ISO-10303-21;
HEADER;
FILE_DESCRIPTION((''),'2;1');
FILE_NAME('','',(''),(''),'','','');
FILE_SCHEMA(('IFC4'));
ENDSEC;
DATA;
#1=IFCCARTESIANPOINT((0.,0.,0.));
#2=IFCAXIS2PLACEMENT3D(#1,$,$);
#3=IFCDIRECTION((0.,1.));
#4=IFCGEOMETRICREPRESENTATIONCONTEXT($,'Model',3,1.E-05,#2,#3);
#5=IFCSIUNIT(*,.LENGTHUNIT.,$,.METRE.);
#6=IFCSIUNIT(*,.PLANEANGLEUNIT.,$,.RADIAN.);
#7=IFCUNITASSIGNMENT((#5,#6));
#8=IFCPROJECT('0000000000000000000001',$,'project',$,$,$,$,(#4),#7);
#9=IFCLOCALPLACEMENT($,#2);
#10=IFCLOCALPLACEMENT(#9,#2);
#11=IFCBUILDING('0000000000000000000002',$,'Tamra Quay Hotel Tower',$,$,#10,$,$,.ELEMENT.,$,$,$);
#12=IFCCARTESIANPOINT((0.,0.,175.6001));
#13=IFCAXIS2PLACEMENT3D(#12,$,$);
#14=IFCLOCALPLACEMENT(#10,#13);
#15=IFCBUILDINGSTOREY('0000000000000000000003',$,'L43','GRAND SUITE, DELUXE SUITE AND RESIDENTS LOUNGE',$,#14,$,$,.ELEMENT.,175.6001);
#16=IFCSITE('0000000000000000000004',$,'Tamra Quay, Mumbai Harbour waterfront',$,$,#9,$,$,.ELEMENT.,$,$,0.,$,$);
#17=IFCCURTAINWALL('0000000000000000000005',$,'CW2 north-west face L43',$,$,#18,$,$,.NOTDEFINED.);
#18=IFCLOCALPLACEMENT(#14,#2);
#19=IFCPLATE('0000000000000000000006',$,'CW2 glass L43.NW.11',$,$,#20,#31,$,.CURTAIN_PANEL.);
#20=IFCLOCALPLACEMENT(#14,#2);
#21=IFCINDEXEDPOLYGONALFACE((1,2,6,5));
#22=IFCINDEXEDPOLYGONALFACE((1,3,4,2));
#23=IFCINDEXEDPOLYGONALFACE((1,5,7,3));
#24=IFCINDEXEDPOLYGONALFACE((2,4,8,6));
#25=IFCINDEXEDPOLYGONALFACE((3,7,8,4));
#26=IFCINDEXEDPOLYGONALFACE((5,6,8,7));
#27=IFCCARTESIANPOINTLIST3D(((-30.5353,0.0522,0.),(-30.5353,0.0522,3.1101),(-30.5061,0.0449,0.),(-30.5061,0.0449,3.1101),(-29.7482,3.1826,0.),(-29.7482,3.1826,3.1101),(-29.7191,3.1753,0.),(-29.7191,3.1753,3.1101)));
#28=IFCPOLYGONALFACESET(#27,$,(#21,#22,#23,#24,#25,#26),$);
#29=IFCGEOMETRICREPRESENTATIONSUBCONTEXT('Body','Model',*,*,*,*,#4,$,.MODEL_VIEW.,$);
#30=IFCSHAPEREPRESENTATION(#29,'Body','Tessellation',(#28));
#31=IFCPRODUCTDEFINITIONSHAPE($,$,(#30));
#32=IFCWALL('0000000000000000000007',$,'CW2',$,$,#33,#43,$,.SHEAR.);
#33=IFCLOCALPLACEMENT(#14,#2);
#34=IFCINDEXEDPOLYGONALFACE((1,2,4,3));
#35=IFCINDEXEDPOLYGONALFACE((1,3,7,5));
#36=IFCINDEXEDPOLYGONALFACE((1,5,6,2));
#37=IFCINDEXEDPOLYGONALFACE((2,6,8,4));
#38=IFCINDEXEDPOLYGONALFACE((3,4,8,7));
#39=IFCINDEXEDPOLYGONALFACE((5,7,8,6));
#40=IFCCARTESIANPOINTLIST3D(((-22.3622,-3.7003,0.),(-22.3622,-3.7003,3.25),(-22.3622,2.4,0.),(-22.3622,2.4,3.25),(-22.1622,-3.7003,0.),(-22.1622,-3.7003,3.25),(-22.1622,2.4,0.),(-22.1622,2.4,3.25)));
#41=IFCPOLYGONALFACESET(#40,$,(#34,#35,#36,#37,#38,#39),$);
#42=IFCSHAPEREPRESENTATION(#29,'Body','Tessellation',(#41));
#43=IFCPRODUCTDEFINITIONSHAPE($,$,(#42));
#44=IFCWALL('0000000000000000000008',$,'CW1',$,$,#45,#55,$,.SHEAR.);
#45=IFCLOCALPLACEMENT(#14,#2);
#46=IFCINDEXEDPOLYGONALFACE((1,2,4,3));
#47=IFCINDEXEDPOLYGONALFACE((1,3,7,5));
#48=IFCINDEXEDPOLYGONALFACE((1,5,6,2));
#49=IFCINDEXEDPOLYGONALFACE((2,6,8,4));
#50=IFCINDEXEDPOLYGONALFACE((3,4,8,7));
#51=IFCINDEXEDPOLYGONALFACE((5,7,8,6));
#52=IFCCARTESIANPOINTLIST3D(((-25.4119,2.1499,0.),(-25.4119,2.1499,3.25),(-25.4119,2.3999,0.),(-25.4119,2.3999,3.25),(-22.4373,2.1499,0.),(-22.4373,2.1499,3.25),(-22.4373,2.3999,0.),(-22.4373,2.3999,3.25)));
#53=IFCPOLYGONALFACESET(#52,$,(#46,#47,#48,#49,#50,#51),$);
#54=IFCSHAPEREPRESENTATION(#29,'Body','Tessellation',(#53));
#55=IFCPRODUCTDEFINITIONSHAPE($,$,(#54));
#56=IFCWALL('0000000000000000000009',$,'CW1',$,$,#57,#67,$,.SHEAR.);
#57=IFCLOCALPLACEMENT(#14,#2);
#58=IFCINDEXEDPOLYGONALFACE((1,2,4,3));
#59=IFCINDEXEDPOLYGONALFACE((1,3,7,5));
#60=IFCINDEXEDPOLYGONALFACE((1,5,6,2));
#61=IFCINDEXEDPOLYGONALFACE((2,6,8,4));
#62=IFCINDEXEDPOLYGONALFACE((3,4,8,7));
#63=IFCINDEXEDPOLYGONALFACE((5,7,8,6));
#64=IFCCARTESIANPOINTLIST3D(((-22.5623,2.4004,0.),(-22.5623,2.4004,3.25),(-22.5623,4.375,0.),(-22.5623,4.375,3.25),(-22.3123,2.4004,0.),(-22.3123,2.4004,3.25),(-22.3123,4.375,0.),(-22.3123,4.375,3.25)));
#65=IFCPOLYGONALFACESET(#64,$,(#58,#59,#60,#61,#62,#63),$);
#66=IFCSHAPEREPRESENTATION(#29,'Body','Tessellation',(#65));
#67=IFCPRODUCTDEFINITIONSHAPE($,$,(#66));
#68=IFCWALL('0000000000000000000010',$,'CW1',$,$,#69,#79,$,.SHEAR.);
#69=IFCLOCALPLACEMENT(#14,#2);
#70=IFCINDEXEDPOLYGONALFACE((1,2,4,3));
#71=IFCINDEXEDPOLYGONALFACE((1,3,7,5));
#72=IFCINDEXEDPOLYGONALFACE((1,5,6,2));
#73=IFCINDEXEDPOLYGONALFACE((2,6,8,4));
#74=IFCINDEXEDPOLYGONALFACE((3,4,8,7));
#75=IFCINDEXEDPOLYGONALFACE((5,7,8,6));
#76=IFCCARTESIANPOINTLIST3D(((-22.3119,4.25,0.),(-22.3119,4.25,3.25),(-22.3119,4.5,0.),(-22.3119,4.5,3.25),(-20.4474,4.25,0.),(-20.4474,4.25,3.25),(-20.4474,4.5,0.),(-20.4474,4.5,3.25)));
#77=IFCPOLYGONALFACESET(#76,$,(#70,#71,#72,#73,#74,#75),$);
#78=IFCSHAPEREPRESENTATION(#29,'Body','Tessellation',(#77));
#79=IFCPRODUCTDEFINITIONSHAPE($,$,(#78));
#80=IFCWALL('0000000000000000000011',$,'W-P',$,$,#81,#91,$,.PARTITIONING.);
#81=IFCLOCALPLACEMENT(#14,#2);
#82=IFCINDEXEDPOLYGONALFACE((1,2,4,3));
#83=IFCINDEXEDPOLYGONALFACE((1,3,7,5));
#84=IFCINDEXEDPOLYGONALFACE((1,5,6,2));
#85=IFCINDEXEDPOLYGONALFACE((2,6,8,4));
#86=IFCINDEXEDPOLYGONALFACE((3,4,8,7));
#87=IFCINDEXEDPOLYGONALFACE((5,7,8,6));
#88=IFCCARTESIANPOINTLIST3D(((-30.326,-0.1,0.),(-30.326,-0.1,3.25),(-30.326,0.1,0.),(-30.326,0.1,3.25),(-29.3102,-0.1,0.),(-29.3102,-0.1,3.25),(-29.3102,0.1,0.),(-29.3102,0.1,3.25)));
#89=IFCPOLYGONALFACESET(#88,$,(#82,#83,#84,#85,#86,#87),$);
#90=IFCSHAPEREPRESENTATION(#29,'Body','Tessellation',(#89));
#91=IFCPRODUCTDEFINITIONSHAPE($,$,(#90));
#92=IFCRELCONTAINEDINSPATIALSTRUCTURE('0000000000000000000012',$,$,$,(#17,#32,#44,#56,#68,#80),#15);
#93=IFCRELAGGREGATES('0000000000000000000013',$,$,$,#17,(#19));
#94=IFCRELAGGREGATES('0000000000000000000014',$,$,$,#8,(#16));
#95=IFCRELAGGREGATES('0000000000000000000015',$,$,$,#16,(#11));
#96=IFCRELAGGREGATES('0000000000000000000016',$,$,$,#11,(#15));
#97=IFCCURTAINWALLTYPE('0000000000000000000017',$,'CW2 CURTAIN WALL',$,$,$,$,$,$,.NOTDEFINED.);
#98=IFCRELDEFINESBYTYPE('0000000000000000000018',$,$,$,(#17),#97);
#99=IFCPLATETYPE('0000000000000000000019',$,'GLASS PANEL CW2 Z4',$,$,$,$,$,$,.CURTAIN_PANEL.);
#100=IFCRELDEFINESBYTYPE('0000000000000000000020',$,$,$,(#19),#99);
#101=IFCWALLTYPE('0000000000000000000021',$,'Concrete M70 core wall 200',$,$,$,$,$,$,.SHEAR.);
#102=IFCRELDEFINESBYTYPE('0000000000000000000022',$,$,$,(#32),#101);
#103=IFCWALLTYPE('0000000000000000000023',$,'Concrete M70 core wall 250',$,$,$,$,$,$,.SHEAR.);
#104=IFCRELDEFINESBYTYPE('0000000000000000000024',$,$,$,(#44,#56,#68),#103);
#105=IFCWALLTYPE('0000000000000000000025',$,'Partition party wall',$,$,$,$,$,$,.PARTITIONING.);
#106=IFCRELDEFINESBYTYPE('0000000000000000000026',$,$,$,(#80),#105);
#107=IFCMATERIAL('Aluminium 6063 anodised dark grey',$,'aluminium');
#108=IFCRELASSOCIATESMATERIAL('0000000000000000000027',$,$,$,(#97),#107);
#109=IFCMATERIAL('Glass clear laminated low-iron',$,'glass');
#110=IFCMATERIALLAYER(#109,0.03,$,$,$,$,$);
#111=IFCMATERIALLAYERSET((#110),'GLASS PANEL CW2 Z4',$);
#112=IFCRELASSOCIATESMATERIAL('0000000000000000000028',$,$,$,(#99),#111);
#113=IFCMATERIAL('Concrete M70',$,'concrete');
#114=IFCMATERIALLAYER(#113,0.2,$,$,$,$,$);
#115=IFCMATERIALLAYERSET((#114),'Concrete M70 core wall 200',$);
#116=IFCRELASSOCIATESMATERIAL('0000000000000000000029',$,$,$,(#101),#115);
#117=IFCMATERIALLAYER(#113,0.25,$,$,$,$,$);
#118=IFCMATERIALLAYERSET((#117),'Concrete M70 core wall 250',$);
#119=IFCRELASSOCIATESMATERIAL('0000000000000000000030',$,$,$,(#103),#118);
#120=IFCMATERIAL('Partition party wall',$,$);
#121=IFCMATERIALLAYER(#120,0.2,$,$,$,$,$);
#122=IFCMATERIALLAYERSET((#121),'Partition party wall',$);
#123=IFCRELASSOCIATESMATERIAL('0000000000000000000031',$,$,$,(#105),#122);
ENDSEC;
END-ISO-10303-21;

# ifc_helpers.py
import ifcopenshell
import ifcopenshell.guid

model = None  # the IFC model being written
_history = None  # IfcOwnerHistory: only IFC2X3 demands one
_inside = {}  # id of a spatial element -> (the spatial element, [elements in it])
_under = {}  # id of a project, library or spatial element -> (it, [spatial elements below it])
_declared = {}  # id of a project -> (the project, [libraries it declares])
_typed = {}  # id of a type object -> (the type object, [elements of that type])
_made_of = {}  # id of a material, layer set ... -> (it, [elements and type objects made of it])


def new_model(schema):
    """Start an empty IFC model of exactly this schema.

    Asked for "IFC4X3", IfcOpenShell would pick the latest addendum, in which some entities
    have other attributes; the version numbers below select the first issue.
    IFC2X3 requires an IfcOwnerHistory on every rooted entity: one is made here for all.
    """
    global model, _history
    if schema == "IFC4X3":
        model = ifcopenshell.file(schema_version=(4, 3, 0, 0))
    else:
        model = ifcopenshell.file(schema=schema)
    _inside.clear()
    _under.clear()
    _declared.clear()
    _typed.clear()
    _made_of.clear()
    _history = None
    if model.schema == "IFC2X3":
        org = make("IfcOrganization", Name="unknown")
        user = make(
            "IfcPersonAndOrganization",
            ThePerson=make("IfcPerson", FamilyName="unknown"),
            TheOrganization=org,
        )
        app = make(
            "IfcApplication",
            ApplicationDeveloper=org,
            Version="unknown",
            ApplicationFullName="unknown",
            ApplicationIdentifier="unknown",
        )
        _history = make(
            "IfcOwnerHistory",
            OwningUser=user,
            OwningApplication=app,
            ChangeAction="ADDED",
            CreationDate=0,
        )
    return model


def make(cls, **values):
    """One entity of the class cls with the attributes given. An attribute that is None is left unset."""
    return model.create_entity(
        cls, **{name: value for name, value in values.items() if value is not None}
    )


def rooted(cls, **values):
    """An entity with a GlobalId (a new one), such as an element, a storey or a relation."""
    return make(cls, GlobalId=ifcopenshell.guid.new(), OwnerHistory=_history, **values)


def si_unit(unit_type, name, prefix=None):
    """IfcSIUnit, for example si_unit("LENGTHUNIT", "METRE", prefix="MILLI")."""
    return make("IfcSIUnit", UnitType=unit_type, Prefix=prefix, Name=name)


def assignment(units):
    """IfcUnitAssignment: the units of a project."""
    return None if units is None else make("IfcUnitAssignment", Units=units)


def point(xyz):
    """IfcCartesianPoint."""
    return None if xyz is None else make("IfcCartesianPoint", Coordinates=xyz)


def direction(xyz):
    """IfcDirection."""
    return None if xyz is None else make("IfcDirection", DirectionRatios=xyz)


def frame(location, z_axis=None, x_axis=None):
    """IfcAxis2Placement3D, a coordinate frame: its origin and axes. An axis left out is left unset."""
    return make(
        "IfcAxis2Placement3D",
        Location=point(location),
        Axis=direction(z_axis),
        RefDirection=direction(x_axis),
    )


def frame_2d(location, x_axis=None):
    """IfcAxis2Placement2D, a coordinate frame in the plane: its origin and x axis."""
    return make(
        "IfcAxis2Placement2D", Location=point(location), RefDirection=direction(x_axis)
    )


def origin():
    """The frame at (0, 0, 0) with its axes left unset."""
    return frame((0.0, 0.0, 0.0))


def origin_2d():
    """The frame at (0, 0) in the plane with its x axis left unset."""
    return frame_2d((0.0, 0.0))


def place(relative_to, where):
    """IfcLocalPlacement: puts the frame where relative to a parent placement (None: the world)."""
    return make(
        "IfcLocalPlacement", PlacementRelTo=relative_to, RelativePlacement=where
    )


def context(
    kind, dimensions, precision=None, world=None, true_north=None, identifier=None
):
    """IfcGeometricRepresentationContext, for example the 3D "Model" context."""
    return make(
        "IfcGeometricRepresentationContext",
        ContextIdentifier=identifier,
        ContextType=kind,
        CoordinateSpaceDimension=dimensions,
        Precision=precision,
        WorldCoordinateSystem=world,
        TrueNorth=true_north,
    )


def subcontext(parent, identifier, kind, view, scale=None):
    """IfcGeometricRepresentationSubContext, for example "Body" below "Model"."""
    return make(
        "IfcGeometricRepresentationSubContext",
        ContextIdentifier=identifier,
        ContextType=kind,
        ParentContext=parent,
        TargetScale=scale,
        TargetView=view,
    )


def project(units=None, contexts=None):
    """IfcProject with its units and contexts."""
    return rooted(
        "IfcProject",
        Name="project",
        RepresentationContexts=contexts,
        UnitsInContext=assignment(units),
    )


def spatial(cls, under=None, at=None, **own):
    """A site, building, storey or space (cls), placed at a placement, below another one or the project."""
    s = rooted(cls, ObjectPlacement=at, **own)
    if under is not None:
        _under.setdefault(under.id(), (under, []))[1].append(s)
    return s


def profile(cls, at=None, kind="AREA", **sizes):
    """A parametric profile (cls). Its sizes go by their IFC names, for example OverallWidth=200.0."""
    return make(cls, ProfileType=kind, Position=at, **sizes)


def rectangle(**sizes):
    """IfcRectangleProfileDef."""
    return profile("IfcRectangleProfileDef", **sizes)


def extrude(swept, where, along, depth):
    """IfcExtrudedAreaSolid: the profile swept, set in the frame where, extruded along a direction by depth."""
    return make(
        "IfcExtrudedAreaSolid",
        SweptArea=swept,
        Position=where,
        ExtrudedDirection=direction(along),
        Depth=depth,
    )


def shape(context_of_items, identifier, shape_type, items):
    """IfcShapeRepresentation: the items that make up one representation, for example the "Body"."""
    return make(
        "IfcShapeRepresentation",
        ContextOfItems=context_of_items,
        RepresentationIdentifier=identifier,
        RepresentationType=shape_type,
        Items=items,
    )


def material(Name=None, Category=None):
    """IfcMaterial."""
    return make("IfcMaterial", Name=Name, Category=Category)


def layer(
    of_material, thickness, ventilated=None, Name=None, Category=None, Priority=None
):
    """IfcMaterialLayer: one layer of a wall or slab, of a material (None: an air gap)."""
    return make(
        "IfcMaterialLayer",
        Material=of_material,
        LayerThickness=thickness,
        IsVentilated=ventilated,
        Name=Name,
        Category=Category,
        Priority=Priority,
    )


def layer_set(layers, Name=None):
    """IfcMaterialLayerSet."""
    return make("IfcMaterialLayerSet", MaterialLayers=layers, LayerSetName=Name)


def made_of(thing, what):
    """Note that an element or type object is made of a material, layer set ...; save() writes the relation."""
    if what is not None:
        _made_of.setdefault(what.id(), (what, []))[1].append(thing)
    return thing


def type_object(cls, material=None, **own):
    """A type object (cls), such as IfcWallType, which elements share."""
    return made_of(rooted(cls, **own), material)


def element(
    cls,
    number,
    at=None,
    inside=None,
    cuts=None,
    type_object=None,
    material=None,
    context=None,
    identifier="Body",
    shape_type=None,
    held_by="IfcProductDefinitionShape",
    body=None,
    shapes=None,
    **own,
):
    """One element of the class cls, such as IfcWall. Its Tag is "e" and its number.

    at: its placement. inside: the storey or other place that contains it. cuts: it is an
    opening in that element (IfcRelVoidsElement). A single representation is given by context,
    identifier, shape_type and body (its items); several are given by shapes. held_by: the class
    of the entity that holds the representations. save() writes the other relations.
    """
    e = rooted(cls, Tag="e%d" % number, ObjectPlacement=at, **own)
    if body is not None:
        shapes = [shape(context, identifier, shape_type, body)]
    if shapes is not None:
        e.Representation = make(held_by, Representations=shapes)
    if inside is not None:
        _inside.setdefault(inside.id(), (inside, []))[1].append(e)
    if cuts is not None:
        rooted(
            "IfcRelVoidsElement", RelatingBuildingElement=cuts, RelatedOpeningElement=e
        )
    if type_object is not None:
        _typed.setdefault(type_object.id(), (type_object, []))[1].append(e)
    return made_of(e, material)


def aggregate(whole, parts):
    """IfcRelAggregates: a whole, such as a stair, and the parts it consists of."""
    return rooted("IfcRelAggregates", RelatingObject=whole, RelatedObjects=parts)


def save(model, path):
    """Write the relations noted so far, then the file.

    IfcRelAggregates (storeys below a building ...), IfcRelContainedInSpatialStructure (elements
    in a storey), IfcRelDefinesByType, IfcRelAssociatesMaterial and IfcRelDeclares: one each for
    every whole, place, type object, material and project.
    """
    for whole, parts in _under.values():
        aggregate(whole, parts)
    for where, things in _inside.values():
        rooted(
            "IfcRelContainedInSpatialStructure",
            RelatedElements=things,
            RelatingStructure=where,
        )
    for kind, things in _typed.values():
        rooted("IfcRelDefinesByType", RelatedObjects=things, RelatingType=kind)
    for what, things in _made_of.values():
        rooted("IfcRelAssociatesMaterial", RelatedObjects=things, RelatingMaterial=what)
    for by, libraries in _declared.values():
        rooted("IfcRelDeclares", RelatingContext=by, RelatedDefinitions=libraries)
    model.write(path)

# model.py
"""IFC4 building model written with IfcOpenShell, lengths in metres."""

from ifc_helpers import new_model, si_unit, direction, frame, frame_2d, origin, origin_2d, place, context, subcontext, project, spatial, rectangle, extrude, material, layer, layer_set, type_object, element, aggregate, save


model = new_model("IFC4")

# Units and contexts
model_context = context("Model", 3, precision=1e-05, world=origin(), true_north=direction((0.0, 1.0)))
body_context = subcontext(model_context, "Body", "Model", "MODEL_VIEW")
ifc_project = project(units=[si_unit("LENGTHUNIT", "METRE"), si_unit("PLANEANGLEUNIT", "RADIAN")], contexts=[model_context])

# Site, building, storey
site_placement = place(None, origin())
site = spatial("IfcSite", under=ifc_project, at=site_placement, Name="Tamra Quay, Mumbai Harbour waterfront", CompositionType="ELEMENT", RefElevation=0.0)
building_placement = place(site_placement, origin())
building = spatial("IfcBuilding", under=site, at=building_placement, Name="Tamra Quay Hotel Tower", CompositionType="ELEMENT")
storey_placement = place(building_placement, frame((0.0, 0.0, 175.6001)))
storey = spatial("IfcBuildingStorey", under=building, at=storey_placement, Name="L43", Description="GRAND SUITE, DELUXE SUITE AND RESIDENTS LOUNGE", CompositionType="ELEMENT", Elevation=175.6001)

# Shared definitions
ifc_material_1 = material(Name="Concrete M70", Category="concrete")

# Curtain wall
ifc_material_2 = material(Name="Aluminium 6063 anodised dark grey", Category="aluminium")
curtain_wall_type = type_object("IfcCurtainWallType", Name="CW2 CURTAIN WALL", PredefinedType="NOTDEFINED", material=ifc_material_2)
curtain_wall_placement = place(storey_placement, origin())
curtain_wall = element("IfcCurtainWall", 1, at=curtain_wall_placement, inside=storey, type_object=curtain_wall_type, Name="CW2 north-west face L43", PredefinedType="NOTDEFINED")

# Plate
ifc_material_3 = material(Name="Glass clear laminated low-iron", Category="glass")
ifc_layer_1 = layer(ifc_material_3, 0.03)
ifc_layer_set_1 = layer_set([ifc_layer_1], Name="GLASS PANEL CW2 Z4")
plate_type = type_object("IfcPlateType", Name="GLASS PANEL CW2 Z4", PredefinedType="CURTAIN_PANEL", material=ifc_layer_set_1)
plate_1_placement = place(storey_placement, frame((-30.1272, 1.6138, 0.0), z_axis=(0.0, 0.0, 1.0), x_axis=(-0.243826, -0.969819, 0.0)))
plate_1 = element("IfcPlate", 2, at=plate_1_placement, type_object=plate_type, Name="CW2 glass L43.NW.11", PredefinedType="CURTAIN_PANEL", context=body_context, shape_type="SweptSolid", body=[
    extrude(rectangle(XDim=3.2278, YDim=0.03, at=origin_2d()), origin(), (0.0, 0.0, 1.0), 3.1101),
])
aggregate(curtain_wall, [plate_1])

# Walls
ifc_layer_2 = layer(ifc_material_1, 0.2)
ifc_layer_set_2 = layer_set([ifc_layer_2], Name="Concrete M70 core wall 200")
wall_type_1 = type_object("IfcWallType", Name="Concrete M70 core wall 200", PredefinedType="SHEAR", material=ifc_layer_set_2)
wall_1_placement = place(storey_placement, frame((-22.2622, 2.4001, 0.0), z_axis=(0.0, 0.0, 1.0), x_axis=(0.0, -1.0, 0.0)))
element("IfcWall", 3, at=wall_1_placement, inside=storey, type_object=wall_type_1, Name="CW2", PredefinedType="SHEAR", context=body_context, shape_type="SweptSolid", body=[
    extrude(rectangle(XDim=6.1003, YDim=0.2, at=frame_2d((3.0503, 0.0))), origin(), (0.0, 0.0, 1.0), 3.25),
])
ifc_layer_3 = layer(ifc_material_1, 0.25)
ifc_layer_set_3 = layer_set([ifc_layer_3], Name="Concrete M70 core wall 250")
wall_type_2 = type_object("IfcWallType", Name="Concrete M70 core wall 250", PredefinedType="SHEAR", material=ifc_layer_set_3)
wall_2_placement = place(storey_placement, frame((-25.4119, 2.2749, 0.0), z_axis=(0.0, 0.0, 1.0), x_axis=(1.0, 0.0, 0.0)))
element("IfcWall", 4, at=wall_2_placement, inside=storey, type_object=wall_type_2, Name="CW1", PredefinedType="SHEAR", context=body_context, shape_type="SweptSolid", body=[
    extrude(rectangle(XDim=2.9746, YDim=0.25, at=frame_2d((1.4873, 0.0))), origin(), (0.0, 0.0, 1.0), 3.25),
])
wall_3_placement = place(storey_placement, frame((-22.4373, 2.4004, 0.0), z_axis=(0.0, 0.0, 1.0), x_axis=(0.0, 1.0, 0.0)))
element("IfcWall", 5, at=wall_3_placement, inside=storey, type_object=wall_type_2, Name="CW1", PredefinedType="SHEAR", context=body_context, shape_type="SweptSolid", body=[
    extrude(rectangle(XDim=1.9746, YDim=0.25, at=frame_2d((0.9873, 0.0))), origin(), (0.0, 0.0, 1.0), 3.25),
])
wall_4_placement = place(storey_placement, frame((-22.3118, 4.375, 0.0), z_axis=(0.0, 0.0, 1.0), x_axis=(1.0, 0.0, 0.0)))
element("IfcWall", 6, at=wall_4_placement, inside=storey, type_object=wall_type_2, Name="CW1", PredefinedType="SHEAR", context=body_context, shape_type="SweptSolid", body=[
    extrude(rectangle(XDim=1.8645, YDim=0.25, at=frame_2d((0.9321, 0.0))), origin(), (0.0, 0.0, 1.0), 3.25),
])
ifc_material_4 = material(Name="Partition party wall")
ifc_layer_4 = layer(ifc_material_4, 0.2)
ifc_layer_set_4 = layer_set([ifc_layer_4], Name="Partition party wall")
wall_type_3 = type_object("IfcWallType", Name="Partition party wall", PredefinedType="PARTITIONING", material=ifc_layer_set_4)
wall_5_placement = place(storey_placement, frame((-30.3259, 0.0, 0.0), z_axis=(0.0, 0.0, 1.0), x_axis=(1.0, 0.0, 0.0)))
element("IfcWall", 7, at=wall_5_placement, inside=storey, type_object=wall_type_3, Name="W-P", PredefinedType="PARTITIONING", context=body_context, shape_type="SweptSolid", body=[
    extrude(rectangle(XDim=1.0159, YDim=0.2, at=frame_2d((0.5078, 0.0))), origin(), (0.0, 0.0, 1.0), 3.25),
])

save(model, "model.ifc")
